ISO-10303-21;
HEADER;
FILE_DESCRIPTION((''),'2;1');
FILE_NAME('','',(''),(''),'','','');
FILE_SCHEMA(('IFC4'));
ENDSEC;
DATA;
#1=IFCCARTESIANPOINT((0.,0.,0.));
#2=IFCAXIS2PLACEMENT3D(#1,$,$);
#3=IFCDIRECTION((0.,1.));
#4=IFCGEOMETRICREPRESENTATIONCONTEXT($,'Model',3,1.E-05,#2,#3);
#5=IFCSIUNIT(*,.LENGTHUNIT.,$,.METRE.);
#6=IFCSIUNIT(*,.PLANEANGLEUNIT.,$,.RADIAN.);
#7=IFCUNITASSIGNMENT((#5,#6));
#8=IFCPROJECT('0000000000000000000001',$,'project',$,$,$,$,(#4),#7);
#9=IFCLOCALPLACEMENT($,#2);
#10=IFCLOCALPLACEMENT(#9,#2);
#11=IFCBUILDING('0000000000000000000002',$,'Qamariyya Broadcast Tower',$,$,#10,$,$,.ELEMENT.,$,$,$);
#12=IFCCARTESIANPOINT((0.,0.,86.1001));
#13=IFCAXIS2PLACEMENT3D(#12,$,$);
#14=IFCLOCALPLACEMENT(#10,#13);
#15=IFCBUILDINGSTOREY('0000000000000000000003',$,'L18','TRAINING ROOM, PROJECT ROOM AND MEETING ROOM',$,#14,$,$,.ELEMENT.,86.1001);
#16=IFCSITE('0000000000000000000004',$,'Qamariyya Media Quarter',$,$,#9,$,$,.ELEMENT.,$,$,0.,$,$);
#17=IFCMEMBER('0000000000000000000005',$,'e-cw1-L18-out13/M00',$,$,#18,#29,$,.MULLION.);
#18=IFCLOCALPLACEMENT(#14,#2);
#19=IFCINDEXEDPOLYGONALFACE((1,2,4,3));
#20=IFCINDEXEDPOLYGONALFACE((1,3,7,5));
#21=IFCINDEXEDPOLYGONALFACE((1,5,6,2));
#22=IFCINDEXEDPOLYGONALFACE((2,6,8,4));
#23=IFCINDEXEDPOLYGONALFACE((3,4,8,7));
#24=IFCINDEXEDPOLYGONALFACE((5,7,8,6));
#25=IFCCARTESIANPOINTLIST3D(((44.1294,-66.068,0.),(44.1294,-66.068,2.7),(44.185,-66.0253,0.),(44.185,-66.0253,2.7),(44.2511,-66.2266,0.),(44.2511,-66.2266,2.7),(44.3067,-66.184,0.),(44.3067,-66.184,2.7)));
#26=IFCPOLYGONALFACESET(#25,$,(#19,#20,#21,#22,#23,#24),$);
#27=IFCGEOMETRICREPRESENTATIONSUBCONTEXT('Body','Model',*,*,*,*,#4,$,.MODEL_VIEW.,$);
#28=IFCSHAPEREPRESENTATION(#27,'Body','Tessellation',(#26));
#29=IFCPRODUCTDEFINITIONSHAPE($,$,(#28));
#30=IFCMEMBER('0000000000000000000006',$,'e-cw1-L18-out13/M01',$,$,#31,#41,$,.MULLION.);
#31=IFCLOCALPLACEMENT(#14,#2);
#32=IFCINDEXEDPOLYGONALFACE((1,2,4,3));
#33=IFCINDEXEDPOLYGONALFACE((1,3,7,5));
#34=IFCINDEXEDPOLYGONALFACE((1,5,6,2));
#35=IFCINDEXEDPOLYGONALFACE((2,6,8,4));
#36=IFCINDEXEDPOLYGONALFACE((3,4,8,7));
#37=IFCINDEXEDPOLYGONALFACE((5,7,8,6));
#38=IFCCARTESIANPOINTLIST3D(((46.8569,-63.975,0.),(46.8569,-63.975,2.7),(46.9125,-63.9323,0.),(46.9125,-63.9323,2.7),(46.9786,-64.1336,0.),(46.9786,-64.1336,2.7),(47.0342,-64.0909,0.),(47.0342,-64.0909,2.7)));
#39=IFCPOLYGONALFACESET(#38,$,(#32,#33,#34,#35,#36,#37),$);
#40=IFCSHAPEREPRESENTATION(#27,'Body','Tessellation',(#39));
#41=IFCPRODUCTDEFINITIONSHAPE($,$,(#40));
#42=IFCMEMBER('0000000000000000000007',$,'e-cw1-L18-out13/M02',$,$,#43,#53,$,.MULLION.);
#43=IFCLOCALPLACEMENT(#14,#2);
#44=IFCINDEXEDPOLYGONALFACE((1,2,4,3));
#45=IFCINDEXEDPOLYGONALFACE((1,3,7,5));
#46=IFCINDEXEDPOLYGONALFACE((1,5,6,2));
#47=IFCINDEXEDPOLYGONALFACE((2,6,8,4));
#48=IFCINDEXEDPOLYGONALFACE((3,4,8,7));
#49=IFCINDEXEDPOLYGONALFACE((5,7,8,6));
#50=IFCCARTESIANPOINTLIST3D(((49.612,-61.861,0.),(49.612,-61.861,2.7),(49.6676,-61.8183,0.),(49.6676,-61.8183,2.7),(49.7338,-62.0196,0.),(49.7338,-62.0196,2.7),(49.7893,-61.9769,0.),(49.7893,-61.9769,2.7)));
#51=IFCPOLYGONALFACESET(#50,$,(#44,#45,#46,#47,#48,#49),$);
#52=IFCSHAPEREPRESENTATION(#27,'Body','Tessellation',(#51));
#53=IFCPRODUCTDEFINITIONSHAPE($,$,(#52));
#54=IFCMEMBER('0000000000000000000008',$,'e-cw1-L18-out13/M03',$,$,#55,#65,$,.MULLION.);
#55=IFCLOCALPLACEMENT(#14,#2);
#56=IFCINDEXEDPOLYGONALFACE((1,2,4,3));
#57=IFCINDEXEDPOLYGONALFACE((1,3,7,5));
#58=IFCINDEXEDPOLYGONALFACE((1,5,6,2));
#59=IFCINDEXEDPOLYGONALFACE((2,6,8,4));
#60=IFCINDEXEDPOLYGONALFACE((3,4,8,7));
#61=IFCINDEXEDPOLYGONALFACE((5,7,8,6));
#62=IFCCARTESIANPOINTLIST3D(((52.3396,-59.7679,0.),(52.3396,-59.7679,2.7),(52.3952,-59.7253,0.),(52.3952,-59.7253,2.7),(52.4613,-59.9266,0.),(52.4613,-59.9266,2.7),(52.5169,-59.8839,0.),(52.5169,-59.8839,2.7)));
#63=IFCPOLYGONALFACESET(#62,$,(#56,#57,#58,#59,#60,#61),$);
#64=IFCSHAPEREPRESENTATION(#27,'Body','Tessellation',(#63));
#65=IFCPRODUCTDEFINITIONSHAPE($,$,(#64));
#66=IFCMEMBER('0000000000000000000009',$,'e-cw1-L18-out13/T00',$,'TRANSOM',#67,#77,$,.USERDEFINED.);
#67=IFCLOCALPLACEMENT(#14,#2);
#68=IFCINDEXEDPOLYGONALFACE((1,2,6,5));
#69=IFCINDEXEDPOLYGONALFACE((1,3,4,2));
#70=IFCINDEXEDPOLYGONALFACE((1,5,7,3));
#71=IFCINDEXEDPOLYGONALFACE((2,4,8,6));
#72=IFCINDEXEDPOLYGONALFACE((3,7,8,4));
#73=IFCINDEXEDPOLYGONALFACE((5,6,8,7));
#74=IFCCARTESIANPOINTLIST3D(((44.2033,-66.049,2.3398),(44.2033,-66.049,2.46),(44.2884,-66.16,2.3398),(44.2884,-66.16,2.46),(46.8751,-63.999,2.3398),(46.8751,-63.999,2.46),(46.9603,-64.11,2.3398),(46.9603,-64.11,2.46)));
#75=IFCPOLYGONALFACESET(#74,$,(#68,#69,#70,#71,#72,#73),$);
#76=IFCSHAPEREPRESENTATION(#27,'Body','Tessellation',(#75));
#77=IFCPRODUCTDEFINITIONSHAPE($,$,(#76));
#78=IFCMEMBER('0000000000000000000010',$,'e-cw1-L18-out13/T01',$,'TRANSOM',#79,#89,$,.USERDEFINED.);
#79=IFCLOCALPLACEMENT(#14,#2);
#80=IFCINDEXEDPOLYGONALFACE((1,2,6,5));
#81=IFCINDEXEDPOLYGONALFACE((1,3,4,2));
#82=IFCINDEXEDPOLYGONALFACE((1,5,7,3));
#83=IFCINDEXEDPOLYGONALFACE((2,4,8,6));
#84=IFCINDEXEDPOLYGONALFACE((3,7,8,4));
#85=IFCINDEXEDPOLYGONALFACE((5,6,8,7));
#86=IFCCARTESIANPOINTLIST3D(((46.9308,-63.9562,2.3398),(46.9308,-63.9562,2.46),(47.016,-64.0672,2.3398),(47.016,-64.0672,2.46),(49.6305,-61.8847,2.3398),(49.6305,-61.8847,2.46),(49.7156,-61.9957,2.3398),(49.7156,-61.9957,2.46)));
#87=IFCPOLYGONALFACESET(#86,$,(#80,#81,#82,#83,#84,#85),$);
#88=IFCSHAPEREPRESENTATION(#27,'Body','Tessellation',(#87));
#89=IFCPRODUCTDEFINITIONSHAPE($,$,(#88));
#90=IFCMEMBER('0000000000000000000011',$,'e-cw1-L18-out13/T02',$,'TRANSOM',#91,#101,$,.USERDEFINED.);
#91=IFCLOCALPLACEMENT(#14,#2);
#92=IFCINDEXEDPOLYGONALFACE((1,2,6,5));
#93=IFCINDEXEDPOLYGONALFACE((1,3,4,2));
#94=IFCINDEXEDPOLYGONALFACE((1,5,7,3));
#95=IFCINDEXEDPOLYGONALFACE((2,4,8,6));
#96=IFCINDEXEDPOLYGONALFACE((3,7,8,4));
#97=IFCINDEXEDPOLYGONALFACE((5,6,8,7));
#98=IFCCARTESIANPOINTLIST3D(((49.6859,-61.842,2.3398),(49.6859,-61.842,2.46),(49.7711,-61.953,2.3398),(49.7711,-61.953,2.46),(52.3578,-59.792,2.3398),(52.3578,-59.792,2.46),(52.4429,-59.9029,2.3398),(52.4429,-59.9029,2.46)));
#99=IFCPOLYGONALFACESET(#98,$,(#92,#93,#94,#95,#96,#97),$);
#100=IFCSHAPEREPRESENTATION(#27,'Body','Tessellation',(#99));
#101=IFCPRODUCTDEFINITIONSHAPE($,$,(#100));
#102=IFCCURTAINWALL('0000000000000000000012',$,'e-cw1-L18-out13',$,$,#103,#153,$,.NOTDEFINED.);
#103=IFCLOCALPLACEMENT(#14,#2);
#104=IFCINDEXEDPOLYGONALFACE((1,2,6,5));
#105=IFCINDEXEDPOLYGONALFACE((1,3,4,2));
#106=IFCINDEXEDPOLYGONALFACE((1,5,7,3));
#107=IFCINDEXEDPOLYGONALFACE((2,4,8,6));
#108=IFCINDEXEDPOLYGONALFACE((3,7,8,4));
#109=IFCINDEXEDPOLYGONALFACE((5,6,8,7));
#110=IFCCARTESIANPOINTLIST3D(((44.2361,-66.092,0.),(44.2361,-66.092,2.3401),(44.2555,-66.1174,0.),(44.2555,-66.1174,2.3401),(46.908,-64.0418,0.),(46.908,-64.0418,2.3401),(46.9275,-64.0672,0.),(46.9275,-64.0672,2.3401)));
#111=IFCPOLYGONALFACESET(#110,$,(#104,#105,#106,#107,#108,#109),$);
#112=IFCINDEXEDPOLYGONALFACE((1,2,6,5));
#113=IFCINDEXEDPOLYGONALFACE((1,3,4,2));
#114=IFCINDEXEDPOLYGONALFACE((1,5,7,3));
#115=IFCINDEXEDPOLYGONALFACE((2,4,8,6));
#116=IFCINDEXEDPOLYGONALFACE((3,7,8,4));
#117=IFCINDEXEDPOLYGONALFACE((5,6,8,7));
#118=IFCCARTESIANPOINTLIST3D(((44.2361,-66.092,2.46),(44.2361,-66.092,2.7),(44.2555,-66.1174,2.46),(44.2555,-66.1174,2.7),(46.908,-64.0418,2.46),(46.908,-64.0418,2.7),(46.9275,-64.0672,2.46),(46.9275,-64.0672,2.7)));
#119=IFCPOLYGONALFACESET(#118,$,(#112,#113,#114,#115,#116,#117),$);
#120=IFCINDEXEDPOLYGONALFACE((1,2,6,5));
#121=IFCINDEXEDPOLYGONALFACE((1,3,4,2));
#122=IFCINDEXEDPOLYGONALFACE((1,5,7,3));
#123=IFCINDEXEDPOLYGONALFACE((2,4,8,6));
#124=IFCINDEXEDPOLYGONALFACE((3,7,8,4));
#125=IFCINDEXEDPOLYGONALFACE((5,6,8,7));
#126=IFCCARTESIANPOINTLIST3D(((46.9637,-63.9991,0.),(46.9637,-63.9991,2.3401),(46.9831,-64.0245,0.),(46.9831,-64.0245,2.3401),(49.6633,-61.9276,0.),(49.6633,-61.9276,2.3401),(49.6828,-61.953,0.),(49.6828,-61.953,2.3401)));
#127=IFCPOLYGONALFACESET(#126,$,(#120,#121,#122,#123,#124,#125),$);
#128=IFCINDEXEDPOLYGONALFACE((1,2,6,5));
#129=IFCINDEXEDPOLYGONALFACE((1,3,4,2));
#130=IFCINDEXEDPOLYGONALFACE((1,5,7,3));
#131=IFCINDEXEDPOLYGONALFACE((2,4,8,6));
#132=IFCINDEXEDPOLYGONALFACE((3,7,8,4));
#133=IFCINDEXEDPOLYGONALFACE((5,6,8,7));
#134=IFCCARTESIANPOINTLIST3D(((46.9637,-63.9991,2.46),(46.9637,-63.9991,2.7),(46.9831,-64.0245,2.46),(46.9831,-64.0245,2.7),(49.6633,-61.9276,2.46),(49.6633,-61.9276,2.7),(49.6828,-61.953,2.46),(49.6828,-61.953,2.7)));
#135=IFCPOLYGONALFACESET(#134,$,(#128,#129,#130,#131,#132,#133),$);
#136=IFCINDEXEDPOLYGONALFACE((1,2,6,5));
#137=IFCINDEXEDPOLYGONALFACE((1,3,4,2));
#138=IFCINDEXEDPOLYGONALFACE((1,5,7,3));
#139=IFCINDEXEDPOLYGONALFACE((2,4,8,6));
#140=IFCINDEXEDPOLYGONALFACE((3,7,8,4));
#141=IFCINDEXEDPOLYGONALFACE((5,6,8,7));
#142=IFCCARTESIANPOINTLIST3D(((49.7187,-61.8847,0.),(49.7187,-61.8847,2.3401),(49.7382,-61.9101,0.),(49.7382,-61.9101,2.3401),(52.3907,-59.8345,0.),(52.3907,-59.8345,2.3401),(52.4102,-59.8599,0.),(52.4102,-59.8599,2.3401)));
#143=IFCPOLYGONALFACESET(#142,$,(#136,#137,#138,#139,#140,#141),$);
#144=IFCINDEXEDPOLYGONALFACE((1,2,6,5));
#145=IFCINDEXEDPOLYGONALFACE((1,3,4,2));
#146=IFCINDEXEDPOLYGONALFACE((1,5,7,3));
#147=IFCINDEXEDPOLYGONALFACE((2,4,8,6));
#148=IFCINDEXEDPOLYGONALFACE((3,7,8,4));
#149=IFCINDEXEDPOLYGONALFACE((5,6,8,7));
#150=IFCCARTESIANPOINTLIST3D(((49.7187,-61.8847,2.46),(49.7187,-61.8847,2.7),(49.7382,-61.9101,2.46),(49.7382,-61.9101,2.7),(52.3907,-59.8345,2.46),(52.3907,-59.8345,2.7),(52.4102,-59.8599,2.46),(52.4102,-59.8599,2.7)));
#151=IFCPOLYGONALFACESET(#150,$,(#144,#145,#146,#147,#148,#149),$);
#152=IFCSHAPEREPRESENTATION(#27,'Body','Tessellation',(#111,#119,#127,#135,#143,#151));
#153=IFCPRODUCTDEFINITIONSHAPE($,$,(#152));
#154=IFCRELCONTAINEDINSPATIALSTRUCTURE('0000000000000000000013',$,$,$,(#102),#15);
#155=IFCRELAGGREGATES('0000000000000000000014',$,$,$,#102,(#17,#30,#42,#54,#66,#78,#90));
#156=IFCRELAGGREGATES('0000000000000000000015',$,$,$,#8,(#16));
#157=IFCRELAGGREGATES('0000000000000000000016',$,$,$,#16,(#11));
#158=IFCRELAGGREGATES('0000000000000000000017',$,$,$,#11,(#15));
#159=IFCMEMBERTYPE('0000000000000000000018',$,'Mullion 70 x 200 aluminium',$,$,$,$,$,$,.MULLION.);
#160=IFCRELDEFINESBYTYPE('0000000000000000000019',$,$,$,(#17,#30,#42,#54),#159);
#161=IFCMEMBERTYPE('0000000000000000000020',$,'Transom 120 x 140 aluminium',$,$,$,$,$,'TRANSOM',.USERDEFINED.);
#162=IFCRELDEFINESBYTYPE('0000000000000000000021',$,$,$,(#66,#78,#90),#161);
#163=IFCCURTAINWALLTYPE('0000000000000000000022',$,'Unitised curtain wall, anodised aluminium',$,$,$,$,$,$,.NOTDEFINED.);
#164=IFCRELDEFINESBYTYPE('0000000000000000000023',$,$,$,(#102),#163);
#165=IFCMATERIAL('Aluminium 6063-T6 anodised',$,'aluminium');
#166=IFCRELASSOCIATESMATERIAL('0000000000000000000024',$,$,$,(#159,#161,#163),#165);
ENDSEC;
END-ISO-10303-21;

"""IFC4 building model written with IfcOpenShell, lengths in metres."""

from ifc_helpers import new_model, si_unit, direction, frame, origin, origin_2d, place, context, subcontext, project, spatial, rectangle, extrude, material, material_profile, profile_set, type_object, element, aggregate, save


model = new_model("IFC4")

# Units and contexts
model_context = context("Model", 3, precision=1e-05, world=origin(), true_north=direction((0.0, 1.0)))
body_context = subcontext(model_context, "Body", "Model", "MODEL_VIEW")
ifc_project = project(units=[si_unit("LENGTHUNIT", "METRE"), si_unit("PLANEANGLEUNIT", "RADIAN")], contexts=[model_context])

# Members
ifc_material = material(Name="Aluminium 6063-T6 anodised", Category="aluminium")
ifc_material_profile_1 = material_profile(ifc_material, rectangle(XDim=0.2, YDim=0.0701, at=origin_2d()))
ifc_profile_set_1 = profile_set([ifc_material_profile_1], Name="Aluminium 6063-T6 anodised")
member_type_1 = type_object("IfcMemberType", Name="Mullion 70 x 200 aluminium", PredefinedType="MULLION", material=ifc_profile_set_1)
site_placement = place(None, origin())
building_placement = place(site_placement, origin())
storey_placement = place(building_placement, frame((0.0, 0.0, 86.1001)))
member_1_placement = place(storey_placement, frame((44.218, -66.126, 0.0), z_axis=(0.0, 0.0, 1.0), x_axis=(-0.608761, 0.793353, 0.0)))
member_1 = element("IfcMember", 1, at=member_1_placement, type_object=member_type_1, Name="e-cw1-L18-out13/M00", PredefinedType="MULLION", context=body_context, shape_type="SweptSolid", body=[
    extrude(rectangle(XDim=0.2, YDim=0.0701, at=origin_2d()), origin(), (0.0, 0.0, 1.0), 2.7),
])
member_2_placement = place(storey_placement, frame((46.9456, -64.033, 0.0), z_axis=(0.0, 0.0, 1.0), x_axis=(-0.608761, 0.793353, 0.0)))
member_2 = element("IfcMember", 2, at=member_2_placement, type_object=member_type_1, Name="e-cw1-L18-out13/M01", PredefinedType="MULLION", context=body_context, shape_type="SweptSolid", body=[
    extrude(rectangle(XDim=0.2, YDim=0.0701, at=origin_2d()), origin(), (0.0, 0.0, 1.0), 2.7),
])
member_3_placement = place(storey_placement, frame((49.7007, -61.9189, 0.0), z_axis=(0.0, 0.0, 1.0), x_axis=(-0.608761, 0.793353, 0.0)))
member_3 = element("IfcMember", 3, at=member_3_placement, type_object=member_type_1, Name="e-cw1-L18-out13/M02", PredefinedType="MULLION", context=body_context, shape_type="SweptSolid", body=[
    extrude(rectangle(XDim=0.2, YDim=0.0701, at=origin_2d()), origin(), (0.0, 0.0, 1.0), 2.7),
])
member_4_placement = place(storey_placement, frame((52.4282, -59.8259, 0.0), z_axis=(0.0, 0.0, 1.0), x_axis=(-0.608761, 0.793353, 0.0)))
member_4 = element("IfcMember", 4, at=member_4_placement, type_object=member_type_1, Name="e-cw1-L18-out13/M03", PredefinedType="MULLION", context=body_context, shape_type="SweptSolid", body=[
    extrude(rectangle(XDim=0.2, YDim=0.0701, at=origin_2d()), origin(), (0.0, 0.0, 1.0), 2.7),
])
ifc_material_profile_2 = material_profile(ifc_material, rectangle(XDim=0.1399, YDim=0.1201, at=origin_2d()))
ifc_profile_set_2 = profile_set([ifc_material_profile_2], Name="Aluminium 6063-T6 anodised")
member_type_2 = type_object("IfcMemberType", Name="Transom 120 x 140 aluminium", ElementType="TRANSOM", PredefinedType="USERDEFINED", material=ifc_profile_set_2)
member_5_placement = place(storey_placement, frame((44.2458, -66.1045, 2.3999), z_axis=(0.793375, 0.608733, 0.0), x_axis=(-0.608733, 0.793375, 0.0)))
member_5 = element("IfcMember", 5, at=member_5_placement, type_object=member_type_2, Name="e-cw1-L18-out13/T00", ObjectType="TRANSOM", PredefinedType="USERDEFINED", context=body_context, shape_type="SweptSolid", body=[
    extrude(rectangle(XDim=0.1399, YDim=0.1201, at=origin_2d()), origin(), (0.0, 0.0, 1.0), 3.3677),
])
member_6_placement = place(storey_placement, frame((46.9734, -64.0117, 2.3999), z_axis=(0.793357, 0.608757, 0.0), x_axis=(-0.608757, 0.793357, 0.0)))
member_6 = element("IfcMember", 6, at=member_6_placement, type_object=member_type_2, Name="e-cw1-L18-out13/T01", ObjectType="TRANSOM", PredefinedType="USERDEFINED", context=body_context, shape_type="SweptSolid", body=[
    extrude(rectangle(XDim=0.1399, YDim=0.1201, at=origin_2d()), origin(), (0.0, 0.0, 1.0), 3.4028),
])
member_7_placement = place(storey_placement, frame((49.7285, -61.8975, 2.3999), z_axis=(0.793375, 0.608733, 0.0), x_axis=(-0.608733, 0.793375, 0.0)))
member_7 = element("IfcMember", 7, at=member_7_placement, type_object=member_type_2, Name="e-cw1-L18-out13/T02", ObjectType="TRANSOM", PredefinedType="USERDEFINED", context=body_context, shape_type="SweptSolid", body=[
    extrude(rectangle(XDim=0.1399, YDim=0.1201, at=origin_2d()), origin(), (0.0, 0.0, 1.0), 3.3677),
])

# Site, building, storey
site = spatial("IfcSite", under=ifc_project, at=site_placement, Name="Qamariyya Media Quarter", CompositionType="ELEMENT", RefElevation=0.0)
building = spatial("IfcBuilding", under=site, at=building_placement, Name="Qamariyya Broadcast Tower", CompositionType="ELEMENT")
storey = spatial("IfcBuildingStorey", under=building, at=storey_placement, Name="L18", Description="TRAINING ROOM, PROJECT ROOM AND MEETING ROOM", CompositionType="ELEMENT", Elevation=86.1001)

# Curtain wall
curtain_wall_type = type_object("IfcCurtainWallType", Name="Unitised curtain wall, anodised aluminium", PredefinedType="NOTDEFINED", material=ifc_material)
curtain_wall_1_placement = place(storey_placement, origin())
curtain_wall_1 = element("IfcCurtainWall", 8, at=curtain_wall_1_placement, inside=storey, type_object=curtain_wall_type, Name="e-cw1-L18-out13", PredefinedType="NOTDEFINED", context=body_context, shape_type="SweptSolid", body=[
    extrude(rectangle(XDim=3.3679, YDim=0.032, at=origin_2d()), frame((45.5818, -65.0796, 0.0), x_axis=(0.793358, 0.608756, 0.0)), (0.0, 0.0, 1.0), 2.3401),
    extrude(rectangle(XDim=3.3679, YDim=0.032, at=origin_2d()), frame((45.5818, -65.0796, 2.46), x_axis=(0.793358, 0.608756, 0.0)), (0.0, 0.0, 1.0), 0.24),
    extrude(rectangle(XDim=3.4028, YDim=0.032, at=origin_2d()), frame((48.3232, -62.9761, 0.0), x_axis=(0.793358, 0.608756, 0.0)), (0.0, 0.0, 1.0), 2.3401),
    extrude(rectangle(XDim=3.4028, YDim=0.032, at=origin_2d()), frame((48.3232, -62.9761, 2.46), x_axis=(0.793358, 0.608756, 0.0)), (0.0, 0.0, 1.0), 0.24),
    extrude(rectangle(XDim=3.3679, YDim=0.032, at=origin_2d()), frame((51.0645, -60.8723, 0.0), x_axis=(0.793358, 0.608756, 0.0)), (0.0, 0.0, 1.0), 2.3401),
    extrude(rectangle(XDim=3.3679, YDim=0.032, at=origin_2d()), frame((51.0645, -60.8723, 2.46), x_axis=(0.793358, 0.608756, 0.0)), (0.0, 0.0, 1.0), 0.24),
])
aggregate(curtain_wall_1, [member_1, member_2, member_3, member_4, member_5, member_6, member_7])

save(model, "model.ifc")
